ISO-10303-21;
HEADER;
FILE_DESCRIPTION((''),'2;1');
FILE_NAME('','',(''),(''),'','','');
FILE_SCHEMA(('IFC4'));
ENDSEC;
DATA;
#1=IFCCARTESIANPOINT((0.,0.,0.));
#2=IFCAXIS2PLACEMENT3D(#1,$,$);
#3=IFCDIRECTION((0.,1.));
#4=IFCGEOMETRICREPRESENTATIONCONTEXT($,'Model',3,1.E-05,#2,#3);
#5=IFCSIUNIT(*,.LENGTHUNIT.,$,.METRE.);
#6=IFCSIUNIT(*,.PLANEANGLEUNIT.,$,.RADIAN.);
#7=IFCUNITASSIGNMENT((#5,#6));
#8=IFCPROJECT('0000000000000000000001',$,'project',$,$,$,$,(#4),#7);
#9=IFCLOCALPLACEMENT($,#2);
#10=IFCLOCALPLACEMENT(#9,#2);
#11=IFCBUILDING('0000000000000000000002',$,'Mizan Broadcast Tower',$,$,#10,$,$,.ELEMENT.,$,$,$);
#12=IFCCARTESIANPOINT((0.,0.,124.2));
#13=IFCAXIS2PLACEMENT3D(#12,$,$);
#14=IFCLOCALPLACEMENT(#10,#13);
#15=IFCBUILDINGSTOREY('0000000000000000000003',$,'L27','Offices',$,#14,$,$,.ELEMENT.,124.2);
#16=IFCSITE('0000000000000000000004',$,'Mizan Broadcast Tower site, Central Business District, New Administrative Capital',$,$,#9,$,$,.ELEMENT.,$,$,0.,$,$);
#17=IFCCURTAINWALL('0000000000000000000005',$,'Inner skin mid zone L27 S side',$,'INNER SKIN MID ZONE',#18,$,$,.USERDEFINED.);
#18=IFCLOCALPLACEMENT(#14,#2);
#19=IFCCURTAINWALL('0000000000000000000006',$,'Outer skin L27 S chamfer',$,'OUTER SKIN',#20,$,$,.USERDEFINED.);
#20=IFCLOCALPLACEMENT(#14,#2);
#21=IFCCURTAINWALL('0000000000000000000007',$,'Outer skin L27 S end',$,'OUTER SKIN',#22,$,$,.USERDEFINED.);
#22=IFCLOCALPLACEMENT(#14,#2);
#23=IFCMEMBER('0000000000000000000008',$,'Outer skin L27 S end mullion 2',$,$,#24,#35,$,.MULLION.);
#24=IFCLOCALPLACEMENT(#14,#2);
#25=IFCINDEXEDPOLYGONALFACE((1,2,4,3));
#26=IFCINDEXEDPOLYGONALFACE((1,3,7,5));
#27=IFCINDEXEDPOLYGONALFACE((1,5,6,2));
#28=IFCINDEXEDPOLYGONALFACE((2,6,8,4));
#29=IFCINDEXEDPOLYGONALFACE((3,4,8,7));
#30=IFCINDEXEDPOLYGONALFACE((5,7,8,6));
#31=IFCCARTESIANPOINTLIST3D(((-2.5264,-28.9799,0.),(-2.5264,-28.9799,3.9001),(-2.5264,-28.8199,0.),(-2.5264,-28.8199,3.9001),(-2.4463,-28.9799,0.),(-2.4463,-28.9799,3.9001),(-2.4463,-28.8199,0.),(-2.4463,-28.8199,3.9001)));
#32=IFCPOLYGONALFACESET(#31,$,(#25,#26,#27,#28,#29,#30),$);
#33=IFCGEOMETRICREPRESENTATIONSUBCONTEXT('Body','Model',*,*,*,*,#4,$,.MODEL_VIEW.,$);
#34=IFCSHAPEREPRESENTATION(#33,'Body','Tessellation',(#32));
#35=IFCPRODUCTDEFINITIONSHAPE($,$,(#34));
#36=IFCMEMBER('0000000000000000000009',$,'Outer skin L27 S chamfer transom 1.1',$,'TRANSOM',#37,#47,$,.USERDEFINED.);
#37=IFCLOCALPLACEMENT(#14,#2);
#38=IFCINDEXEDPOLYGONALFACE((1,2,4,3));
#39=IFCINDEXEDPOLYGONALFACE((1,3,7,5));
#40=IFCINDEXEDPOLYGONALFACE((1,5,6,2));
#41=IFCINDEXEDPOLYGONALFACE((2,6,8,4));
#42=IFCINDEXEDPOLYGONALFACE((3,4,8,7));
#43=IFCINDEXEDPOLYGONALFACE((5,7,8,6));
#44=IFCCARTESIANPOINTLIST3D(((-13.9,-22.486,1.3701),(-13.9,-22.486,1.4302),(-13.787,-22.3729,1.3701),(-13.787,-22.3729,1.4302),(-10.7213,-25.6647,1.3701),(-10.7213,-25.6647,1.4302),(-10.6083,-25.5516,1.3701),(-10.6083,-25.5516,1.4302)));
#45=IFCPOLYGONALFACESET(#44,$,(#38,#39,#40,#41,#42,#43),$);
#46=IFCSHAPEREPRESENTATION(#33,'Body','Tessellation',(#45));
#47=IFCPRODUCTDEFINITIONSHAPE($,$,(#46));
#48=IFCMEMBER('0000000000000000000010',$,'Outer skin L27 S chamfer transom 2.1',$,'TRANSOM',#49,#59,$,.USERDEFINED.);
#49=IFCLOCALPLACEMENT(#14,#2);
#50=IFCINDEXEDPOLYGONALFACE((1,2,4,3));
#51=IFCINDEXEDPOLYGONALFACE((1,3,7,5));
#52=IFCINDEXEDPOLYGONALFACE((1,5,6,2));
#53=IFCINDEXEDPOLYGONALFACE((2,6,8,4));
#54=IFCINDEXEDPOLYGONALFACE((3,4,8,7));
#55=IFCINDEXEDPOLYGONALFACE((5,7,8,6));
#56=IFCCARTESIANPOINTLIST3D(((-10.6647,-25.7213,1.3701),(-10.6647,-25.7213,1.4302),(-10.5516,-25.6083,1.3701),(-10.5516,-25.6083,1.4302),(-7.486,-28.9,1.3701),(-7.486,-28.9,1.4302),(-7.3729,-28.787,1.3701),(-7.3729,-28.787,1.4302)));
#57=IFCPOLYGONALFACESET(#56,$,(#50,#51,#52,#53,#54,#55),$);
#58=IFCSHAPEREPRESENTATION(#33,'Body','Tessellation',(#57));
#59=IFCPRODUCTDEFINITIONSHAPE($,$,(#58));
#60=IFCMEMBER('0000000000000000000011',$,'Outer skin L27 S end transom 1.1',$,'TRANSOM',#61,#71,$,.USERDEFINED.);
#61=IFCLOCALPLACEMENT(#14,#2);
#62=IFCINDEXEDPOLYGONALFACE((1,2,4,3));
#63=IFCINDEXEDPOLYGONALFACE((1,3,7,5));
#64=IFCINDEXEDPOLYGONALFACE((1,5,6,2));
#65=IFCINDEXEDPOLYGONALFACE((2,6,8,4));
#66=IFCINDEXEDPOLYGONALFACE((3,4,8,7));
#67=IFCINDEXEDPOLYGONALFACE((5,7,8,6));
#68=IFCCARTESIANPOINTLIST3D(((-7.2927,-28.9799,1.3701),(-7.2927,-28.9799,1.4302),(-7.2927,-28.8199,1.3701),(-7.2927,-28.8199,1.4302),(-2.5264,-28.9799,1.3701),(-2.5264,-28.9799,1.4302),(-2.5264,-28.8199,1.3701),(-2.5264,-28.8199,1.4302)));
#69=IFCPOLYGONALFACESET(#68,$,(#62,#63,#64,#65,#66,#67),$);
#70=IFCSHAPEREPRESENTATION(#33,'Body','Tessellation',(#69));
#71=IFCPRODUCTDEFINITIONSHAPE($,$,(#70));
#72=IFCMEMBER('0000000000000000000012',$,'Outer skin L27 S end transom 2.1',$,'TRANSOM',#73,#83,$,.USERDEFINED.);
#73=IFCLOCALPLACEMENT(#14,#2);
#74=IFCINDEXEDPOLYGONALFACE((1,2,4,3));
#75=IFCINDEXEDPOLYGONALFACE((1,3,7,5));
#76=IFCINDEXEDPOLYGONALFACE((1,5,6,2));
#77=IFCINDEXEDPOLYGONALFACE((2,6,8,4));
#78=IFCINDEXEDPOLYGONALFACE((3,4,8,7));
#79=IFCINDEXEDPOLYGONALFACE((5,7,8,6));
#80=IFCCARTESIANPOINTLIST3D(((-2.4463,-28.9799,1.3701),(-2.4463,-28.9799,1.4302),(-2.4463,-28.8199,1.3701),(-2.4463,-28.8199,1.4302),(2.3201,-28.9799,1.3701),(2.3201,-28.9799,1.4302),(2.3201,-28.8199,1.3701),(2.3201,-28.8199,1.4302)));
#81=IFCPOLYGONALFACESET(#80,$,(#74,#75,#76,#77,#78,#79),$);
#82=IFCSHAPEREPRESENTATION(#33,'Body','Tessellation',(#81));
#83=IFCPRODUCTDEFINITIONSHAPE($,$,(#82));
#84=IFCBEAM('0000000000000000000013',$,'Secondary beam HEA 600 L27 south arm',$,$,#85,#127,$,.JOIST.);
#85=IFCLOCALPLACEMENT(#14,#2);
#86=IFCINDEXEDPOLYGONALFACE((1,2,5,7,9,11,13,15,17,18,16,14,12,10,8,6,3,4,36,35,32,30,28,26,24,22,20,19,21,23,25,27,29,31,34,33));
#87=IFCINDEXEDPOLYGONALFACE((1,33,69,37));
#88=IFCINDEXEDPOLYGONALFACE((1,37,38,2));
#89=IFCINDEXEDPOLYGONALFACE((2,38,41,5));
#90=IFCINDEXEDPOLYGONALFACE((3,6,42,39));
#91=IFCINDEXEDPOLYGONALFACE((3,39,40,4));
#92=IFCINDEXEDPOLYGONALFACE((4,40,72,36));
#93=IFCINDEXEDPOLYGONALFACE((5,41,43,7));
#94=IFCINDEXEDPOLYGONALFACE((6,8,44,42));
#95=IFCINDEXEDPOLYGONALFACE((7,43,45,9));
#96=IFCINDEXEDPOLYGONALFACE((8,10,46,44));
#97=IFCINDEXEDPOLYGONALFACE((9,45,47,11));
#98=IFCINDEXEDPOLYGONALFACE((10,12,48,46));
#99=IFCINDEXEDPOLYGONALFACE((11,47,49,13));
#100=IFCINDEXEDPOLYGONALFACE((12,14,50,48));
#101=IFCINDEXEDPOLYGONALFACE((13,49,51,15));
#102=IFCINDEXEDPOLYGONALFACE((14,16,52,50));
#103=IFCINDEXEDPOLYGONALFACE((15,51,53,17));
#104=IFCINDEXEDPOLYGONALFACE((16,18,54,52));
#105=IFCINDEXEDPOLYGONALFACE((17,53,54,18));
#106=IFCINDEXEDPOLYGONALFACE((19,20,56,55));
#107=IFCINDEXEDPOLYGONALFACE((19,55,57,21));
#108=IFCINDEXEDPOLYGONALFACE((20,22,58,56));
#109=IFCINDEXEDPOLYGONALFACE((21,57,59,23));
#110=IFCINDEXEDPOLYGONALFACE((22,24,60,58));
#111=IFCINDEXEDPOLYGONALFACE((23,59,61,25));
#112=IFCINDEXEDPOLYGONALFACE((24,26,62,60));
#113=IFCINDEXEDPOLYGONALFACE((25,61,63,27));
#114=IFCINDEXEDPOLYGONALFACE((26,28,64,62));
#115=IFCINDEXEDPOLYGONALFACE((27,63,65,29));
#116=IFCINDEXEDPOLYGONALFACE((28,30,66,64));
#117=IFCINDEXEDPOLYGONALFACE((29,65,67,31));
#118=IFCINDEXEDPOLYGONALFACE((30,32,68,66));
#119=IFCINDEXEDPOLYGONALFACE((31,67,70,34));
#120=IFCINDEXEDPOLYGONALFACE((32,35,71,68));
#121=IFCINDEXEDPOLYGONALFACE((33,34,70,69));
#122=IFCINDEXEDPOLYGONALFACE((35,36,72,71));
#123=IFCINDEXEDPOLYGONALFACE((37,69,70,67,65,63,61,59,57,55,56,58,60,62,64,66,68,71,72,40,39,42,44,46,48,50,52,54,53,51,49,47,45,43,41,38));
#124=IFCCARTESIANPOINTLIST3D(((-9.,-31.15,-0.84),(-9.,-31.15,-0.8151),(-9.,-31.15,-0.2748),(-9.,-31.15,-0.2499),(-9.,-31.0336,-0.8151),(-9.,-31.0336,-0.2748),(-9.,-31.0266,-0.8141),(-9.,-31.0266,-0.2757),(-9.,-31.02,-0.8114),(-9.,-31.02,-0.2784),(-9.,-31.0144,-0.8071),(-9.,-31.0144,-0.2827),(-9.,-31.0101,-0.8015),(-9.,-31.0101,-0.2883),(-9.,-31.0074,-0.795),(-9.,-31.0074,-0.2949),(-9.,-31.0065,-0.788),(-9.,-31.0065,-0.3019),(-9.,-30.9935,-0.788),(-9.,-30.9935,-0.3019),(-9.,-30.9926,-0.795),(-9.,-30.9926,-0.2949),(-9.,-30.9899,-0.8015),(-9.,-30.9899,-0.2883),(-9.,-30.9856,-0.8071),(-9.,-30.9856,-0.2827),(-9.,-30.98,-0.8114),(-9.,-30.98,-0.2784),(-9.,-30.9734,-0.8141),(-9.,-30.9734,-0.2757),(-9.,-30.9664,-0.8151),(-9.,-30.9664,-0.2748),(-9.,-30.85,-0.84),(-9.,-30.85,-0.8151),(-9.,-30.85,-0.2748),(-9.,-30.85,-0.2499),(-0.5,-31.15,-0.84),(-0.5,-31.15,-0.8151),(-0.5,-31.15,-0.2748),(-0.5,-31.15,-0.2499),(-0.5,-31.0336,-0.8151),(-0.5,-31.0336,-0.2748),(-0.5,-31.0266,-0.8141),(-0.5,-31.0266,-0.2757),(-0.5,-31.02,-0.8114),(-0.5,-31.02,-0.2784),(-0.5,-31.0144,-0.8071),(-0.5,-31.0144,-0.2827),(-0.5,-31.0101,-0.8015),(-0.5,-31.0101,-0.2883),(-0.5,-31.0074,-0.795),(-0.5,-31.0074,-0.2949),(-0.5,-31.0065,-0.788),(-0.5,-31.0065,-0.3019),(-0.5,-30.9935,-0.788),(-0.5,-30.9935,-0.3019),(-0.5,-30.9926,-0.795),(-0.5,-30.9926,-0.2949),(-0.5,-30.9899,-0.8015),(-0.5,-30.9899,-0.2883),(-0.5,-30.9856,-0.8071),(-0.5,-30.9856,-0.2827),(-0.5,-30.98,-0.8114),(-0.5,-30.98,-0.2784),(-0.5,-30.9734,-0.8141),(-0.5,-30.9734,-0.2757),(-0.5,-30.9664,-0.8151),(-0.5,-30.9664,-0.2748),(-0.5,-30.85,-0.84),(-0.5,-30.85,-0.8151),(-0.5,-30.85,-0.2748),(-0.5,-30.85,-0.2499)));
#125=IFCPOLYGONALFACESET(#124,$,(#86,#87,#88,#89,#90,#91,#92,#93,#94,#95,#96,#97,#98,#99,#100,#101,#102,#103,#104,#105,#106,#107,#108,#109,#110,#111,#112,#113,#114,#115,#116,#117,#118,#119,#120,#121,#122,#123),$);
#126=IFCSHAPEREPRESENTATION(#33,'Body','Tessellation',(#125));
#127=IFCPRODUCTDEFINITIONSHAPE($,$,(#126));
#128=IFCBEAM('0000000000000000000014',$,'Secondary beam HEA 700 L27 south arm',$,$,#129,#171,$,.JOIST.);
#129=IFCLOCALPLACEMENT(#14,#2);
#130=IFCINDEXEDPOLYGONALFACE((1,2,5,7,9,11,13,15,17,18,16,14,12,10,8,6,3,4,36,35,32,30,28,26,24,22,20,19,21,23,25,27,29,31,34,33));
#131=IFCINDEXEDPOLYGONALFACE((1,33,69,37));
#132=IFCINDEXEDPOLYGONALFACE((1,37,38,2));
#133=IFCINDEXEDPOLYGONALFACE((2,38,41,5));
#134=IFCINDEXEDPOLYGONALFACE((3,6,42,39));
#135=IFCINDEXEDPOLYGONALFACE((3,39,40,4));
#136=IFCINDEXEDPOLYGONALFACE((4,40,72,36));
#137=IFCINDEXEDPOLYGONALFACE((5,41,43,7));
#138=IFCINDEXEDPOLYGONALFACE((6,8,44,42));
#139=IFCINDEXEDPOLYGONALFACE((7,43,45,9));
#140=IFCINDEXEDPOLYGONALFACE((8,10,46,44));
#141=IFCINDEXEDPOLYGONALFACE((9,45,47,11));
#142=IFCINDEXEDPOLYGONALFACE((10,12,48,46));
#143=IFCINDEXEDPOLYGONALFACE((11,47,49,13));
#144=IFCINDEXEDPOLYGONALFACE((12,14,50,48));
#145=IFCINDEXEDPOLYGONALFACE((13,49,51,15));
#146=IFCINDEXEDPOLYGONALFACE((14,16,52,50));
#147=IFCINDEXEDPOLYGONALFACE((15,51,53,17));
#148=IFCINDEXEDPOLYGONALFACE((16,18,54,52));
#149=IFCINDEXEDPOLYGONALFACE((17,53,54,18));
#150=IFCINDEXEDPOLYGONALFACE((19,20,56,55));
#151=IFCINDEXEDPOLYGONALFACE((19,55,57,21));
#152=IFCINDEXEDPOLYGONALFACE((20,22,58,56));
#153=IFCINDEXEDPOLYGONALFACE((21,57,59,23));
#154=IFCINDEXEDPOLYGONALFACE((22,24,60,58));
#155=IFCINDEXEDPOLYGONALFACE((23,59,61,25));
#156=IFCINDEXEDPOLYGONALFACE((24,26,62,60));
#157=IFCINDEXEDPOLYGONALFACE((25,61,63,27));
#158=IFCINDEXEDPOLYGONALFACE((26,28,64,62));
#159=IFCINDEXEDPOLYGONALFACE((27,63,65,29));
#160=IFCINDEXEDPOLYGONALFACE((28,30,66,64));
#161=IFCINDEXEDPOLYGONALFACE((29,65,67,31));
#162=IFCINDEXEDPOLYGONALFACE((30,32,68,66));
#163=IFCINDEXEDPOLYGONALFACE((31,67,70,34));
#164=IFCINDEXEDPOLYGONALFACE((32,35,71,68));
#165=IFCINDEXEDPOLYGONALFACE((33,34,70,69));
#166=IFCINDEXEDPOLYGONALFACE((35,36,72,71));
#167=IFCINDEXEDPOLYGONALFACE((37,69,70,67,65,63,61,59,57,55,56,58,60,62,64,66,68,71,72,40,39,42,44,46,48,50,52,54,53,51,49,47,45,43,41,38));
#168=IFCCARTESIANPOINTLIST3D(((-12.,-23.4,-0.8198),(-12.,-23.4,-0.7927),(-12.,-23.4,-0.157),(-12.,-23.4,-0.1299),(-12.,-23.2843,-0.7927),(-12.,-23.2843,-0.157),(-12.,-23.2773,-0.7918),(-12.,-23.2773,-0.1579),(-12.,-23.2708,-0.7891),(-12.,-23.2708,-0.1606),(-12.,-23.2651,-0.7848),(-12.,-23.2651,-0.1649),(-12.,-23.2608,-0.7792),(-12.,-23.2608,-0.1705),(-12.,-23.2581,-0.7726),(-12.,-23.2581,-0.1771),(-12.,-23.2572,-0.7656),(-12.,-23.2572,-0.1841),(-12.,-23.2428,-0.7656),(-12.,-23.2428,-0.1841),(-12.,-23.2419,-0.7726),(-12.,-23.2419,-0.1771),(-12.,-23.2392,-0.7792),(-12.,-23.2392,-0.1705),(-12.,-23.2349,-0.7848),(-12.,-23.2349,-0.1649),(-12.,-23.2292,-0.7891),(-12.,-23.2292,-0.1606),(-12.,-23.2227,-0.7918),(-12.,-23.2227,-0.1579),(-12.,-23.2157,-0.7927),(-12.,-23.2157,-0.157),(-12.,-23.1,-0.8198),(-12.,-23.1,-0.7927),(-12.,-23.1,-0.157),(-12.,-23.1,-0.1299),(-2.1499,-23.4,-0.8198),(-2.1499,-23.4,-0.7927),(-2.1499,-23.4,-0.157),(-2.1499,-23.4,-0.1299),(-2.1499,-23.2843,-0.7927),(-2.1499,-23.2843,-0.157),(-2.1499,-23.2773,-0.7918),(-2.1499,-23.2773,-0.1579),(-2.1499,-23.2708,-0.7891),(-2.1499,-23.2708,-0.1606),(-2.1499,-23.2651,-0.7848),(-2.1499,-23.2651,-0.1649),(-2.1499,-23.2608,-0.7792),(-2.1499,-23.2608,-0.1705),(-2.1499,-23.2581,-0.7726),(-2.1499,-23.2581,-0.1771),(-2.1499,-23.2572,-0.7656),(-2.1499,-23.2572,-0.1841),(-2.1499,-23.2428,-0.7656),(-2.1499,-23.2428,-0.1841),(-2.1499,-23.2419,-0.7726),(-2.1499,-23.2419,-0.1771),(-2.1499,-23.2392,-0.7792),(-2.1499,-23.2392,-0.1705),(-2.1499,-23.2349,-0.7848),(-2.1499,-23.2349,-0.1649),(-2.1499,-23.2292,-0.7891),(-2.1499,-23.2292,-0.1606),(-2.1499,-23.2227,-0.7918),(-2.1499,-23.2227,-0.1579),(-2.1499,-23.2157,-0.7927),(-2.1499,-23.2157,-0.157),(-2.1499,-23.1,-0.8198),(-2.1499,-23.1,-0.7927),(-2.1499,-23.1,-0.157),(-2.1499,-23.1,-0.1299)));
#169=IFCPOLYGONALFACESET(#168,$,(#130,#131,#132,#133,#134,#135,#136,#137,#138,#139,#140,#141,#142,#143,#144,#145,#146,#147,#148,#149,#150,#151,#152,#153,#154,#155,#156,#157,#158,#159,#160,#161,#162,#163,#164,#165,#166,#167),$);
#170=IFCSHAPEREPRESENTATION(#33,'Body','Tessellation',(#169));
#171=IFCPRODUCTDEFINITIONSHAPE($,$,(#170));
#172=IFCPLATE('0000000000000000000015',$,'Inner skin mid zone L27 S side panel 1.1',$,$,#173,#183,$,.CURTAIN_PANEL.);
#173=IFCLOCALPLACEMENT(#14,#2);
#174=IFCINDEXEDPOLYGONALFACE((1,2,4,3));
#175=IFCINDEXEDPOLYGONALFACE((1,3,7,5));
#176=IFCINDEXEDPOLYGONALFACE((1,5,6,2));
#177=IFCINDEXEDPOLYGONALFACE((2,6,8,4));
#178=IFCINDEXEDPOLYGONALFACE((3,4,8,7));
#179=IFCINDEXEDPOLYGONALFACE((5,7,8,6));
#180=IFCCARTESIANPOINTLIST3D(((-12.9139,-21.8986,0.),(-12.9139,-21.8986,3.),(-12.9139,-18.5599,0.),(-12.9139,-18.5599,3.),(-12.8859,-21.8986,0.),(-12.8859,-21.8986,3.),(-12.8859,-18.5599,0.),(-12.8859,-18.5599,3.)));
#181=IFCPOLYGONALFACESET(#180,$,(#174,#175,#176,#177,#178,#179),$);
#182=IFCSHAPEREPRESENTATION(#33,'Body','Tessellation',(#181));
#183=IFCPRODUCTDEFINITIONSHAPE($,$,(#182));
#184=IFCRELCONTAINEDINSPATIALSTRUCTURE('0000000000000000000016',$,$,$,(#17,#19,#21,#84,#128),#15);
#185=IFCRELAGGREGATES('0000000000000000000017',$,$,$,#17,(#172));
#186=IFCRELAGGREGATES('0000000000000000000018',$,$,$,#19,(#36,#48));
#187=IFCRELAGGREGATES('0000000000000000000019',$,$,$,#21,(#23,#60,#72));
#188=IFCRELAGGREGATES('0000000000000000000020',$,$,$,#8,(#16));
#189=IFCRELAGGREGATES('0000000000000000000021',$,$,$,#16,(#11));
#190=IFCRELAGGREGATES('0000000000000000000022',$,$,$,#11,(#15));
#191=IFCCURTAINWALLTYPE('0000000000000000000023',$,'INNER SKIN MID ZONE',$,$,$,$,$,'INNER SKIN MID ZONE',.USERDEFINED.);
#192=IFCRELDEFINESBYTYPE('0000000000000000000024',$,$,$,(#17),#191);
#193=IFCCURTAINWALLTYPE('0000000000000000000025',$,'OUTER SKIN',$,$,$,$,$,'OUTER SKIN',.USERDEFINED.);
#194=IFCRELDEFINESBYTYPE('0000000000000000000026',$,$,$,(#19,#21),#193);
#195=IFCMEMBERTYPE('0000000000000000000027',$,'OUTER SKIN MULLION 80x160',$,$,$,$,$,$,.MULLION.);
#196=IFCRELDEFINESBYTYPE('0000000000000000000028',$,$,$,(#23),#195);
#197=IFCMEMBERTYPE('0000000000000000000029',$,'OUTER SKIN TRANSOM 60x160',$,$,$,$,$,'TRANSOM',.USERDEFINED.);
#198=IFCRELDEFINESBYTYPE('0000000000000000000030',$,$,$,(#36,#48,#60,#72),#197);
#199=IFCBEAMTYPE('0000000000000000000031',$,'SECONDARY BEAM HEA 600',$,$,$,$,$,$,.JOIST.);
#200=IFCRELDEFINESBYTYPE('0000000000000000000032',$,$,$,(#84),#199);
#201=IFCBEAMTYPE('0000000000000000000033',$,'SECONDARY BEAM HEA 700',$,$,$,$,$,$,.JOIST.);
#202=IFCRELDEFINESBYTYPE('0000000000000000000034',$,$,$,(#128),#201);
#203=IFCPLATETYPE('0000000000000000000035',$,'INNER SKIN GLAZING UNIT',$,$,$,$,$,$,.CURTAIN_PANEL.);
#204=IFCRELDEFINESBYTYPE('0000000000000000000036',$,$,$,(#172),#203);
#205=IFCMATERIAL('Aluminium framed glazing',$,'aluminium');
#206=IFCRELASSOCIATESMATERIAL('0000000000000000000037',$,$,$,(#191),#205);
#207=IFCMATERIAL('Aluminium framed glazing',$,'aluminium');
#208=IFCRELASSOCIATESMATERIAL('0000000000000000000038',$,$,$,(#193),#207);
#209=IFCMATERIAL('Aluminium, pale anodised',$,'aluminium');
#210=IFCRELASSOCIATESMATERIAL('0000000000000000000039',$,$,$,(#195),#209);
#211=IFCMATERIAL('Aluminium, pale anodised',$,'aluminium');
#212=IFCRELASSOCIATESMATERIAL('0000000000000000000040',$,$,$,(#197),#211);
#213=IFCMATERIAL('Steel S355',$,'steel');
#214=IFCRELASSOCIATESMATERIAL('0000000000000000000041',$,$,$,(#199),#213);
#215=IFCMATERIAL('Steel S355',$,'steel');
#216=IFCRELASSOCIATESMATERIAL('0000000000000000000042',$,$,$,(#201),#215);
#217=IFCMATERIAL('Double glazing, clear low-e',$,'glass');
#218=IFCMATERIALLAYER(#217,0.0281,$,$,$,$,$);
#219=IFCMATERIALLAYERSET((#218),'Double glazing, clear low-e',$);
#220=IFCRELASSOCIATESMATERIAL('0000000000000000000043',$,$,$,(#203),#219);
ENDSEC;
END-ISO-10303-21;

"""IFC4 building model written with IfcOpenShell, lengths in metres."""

from ifc_helpers import new_model, si_unit, direction, frame, origin, origin_2d, place, context, subcontext, project, spatial, rectangle, i_section, extrude, material, layer, layer_set, material_profile, profile_set, type_object, element, aggregate, save


model = new_model("IFC4")

# Units and contexts
model_context = context("Model", 3, precision=1e-05, world=origin(), true_north=direction((0.0, 1.0)))
body_context = subcontext(model_context, "Body", "Model", "MODEL_VIEW")
ifc_project = project(units=[si_unit("LENGTHUNIT", "METRE"), si_unit("PLANEANGLEUNIT", "RADIAN")], contexts=[model_context])

# Site, building, storey
site_placement = place(None, origin())
site = spatial("IfcSite", under=ifc_project, at=site_placement, Name="Mizan Broadcast Tower site, Central Business District, New Administrative Capital", CompositionType="ELEMENT", RefElevation=0.0)
building_placement = place(site_placement, origin())
building = spatial("IfcBuilding", under=site, at=building_placement, Name="Mizan Broadcast Tower", CompositionType="ELEMENT")
storey_placement = place(building_placement, frame((0.0, 0.0, 124.2)))
storey = spatial("IfcBuildingStorey", under=building, at=storey_placement, Name="L27", Description="Offices", CompositionType="ELEMENT", Elevation=124.2)

# Curtain wall
ifc_material_1 = material(Name="Aluminium framed glazing", Category="aluminium")
curtain_wall_type_1 = type_object("IfcCurtainWallType", Name="INNER SKIN MID ZONE", ElementType="INNER SKIN MID ZONE", PredefinedType="USERDEFINED", material=ifc_material_1)
curtain_wall_1_placement = place(storey_placement, origin())
curtain_wall_1 = element("IfcCurtainWall", 1, at=curtain_wall_1_placement, inside=storey, type_object=curtain_wall_type_1, Name="Inner skin mid zone L27 S side", ObjectType="INNER SKIN MID ZONE", PredefinedType="USERDEFINED")

# Curtain wall
ifc_material_2 = material(Name="Aluminium framed glazing", Category="aluminium")
curtain_wall_type_2 = type_object("IfcCurtainWallType", Name="OUTER SKIN", ElementType="OUTER SKIN", PredefinedType="USERDEFINED", material=ifc_material_2)
curtain_wall_2_placement = place(storey_placement, origin())
curtain_wall_2 = element("IfcCurtainWall", 2, at=curtain_wall_2_placement, inside=storey, type_object=curtain_wall_type_2, Name="Outer skin L27 S chamfer", ObjectType="OUTER SKIN", PredefinedType="USERDEFINED")
ifc_material_3 = material(Name="Aluminium, pale anodised", Category="aluminium")
ifc_material_profile_1 = material_profile(ifc_material_3, rectangle(XDim=0.1599, YDim=0.0801, at=origin_2d()), Name="MULLION 160x80")
ifc_profile_set_1 = profile_set([ifc_material_profile_1], Name="Aluminium, pale anodised")
member_type_1 = type_object("IfcMemberType", Name="OUTER SKIN MULLION 80x160", PredefinedType="MULLION", material=ifc_profile_set_1)

# Curtain wall, member
curtain_wall_3_placement = place(storey_placement, origin())
curtain_wall_3 = element("IfcCurtainWall", 3, at=curtain_wall_3_placement, inside=storey, type_object=curtain_wall_type_2, Name="Outer skin L27 S end", ObjectType="OUTER SKIN", PredefinedType="USERDEFINED")
member_1_placement = place(storey_placement, frame((-2.4863, -28.8999, 0.0), z_axis=(0.0, 0.0, 1.0), x_axis=(0.0, 1.0, 0.0)))
member_1 = element("IfcMember", 4, at=member_1_placement, type_object=member_type_1, Name="Outer skin L27 S end mullion 2", PredefinedType="MULLION", context=body_context, shape_type="SweptSolid", body=[
    extrude(rectangle(XDim=0.1599, YDim=0.0801, at=origin_2d()), origin(), (0.0, 0.0, 1.0), 3.9001),
])

# Members
ifc_material_4 = material(Name="Aluminium, pale anodised", Category="aluminium")
ifc_material_profile_2 = material_profile(ifc_material_4, rectangle(XDim=0.1599, YDim=0.0601, at=origin_2d()), Name="TRANSOM 160x60")
ifc_profile_set_2 = profile_set([ifc_material_profile_2], Name="Aluminium, pale anodised")
member_type_2 = type_object("IfcMemberType", Name="OUTER SKIN TRANSOM 60x160", ElementType="TRANSOM", PredefinedType="USERDEFINED", material=ifc_profile_set_2)
member_2_placement = place(storey_placement, frame((-13.8435, -22.4294, 1.4001), z_axis=(0.707107, -0.707107, 0.0), x_axis=(0.707107, 0.707107, 0.0)))
member_2 = element("IfcMember", 5, at=member_2_placement, type_object=member_type_2, Name="Outer skin L27 S chamfer transom 1.1", ObjectType="TRANSOM", PredefinedType="USERDEFINED", context=body_context, shape_type="SweptSolid", body=[
    extrude(rectangle(XDim=0.1599, YDim=0.0601, at=origin_2d()), origin(), (0.0, 0.0, 1.0), 4.4954),
])
member_3_placement = place(storey_placement, frame((-10.6082, -25.6648, 1.4001), z_axis=(0.707107, -0.707107, 0.0), x_axis=(0.707107, 0.707107, 0.0)))
member_3 = element("IfcMember", 6, at=member_3_placement, type_object=member_type_2, Name="Outer skin L27 S chamfer transom 2.1", ObjectType="TRANSOM", PredefinedType="USERDEFINED", context=body_context, shape_type="SweptSolid", body=[
    extrude(rectangle(XDim=0.1599, YDim=0.0601, at=origin_2d()), origin(), (0.0, 0.0, 1.0), 4.4954),
])
member_4_placement = place(storey_placement, frame((-7.2927, -28.8999, 1.4001), z_axis=(1.0, 0.0, 0.0), x_axis=(0.0, 1.0, 0.0)))
member_4 = element("IfcMember", 7, at=member_4_placement, type_object=member_type_2, Name="Outer skin L27 S end transom 1.1", ObjectType="TRANSOM", PredefinedType="USERDEFINED", context=body_context, shape_type="SweptSolid", body=[
    extrude(rectangle(XDim=0.1599, YDim=0.0601, at=origin_2d()), origin(), (0.0, 0.0, 1.0), 4.7664),
])
member_5_placement = place(storey_placement, frame((-2.4463, -28.8999, 1.4001), z_axis=(1.0, 0.0, 0.0), x_axis=(0.0, 1.0, 0.0)))
member_5 = element("IfcMember", 8, at=member_5_placement, type_object=member_type_2, Name="Outer skin L27 S end transom 2.1", ObjectType="TRANSOM", PredefinedType="USERDEFINED", context=body_context, shape_type="SweptSolid", body=[
    extrude(rectangle(XDim=0.1599, YDim=0.0601, at=origin_2d()), origin(), (0.0, 0.0, 1.0), 4.7664),
])

# Beams
ifc_material_5 = material(Name="Steel S355", Category="steel")
ifc_material_profile_3 = material_profile(ifc_material_5, i_section(OverallWidth=0.3, OverallDepth=0.5901, WebThickness=0.0129, FlangeThickness=0.0249, FilletRadius=0.0271, at=origin_2d()), Name="HEA 600")
ifc_profile_set_3 = profile_set([ifc_material_profile_3], Name="Steel S355")
beam_type_1 = type_object("IfcBeamType", Name="SECONDARY BEAM HEA 600", PredefinedType="JOIST", material=ifc_profile_set_3)
beam_1_placement = place(storey_placement, frame((-9.0, -31.0, -0.5449), z_axis=(1.0, 0.0, 0.0), x_axis=(0.0, 1.0, 0.0)))
element("IfcBeam", 9, at=beam_1_placement, inside=storey, type_object=beam_type_1, Name="Secondary beam HEA 600 L27 south arm", PredefinedType="JOIST", context=body_context, shape_type="SweptSolid", body=[
    extrude(i_section(OverallWidth=0.3, OverallDepth=0.5901, WebThickness=0.0129, FlangeThickness=0.0249, FilletRadius=0.0271, at=origin_2d()), origin(), (0.0, 0.0, 1.0), 8.5),
])
ifc_material_6 = material(Name="Steel S355", Category="steel")
ifc_material_profile_4 = material_profile(ifc_material_6, i_section(OverallWidth=0.3, OverallDepth=0.6899, WebThickness=0.0144, FlangeThickness=0.0271, FilletRadius=0.0271, at=origin_2d()), Name="HEA 700")
ifc_profile_set_4 = profile_set([ifc_material_profile_4], Name="Steel S355")
beam_type_2 = type_object("IfcBeamType", Name="SECONDARY BEAM HEA 700", PredefinedType="JOIST", material=ifc_profile_set_4)
beam_2_placement = place(storey_placement, frame((-12.0, -23.25, -0.4749), z_axis=(1.0, 0.0, 0.0), x_axis=(0.0, 1.0, 0.0)))
element("IfcBeam", 10, at=beam_2_placement, inside=storey, type_object=beam_type_2, Name="Secondary beam HEA 700 L27 south arm", PredefinedType="JOIST", context=body_context, shape_type="SweptSolid", body=[
    extrude(i_section(OverallWidth=0.3, OverallDepth=0.6899, WebThickness=0.0144, FlangeThickness=0.0271, FilletRadius=0.0271, at=origin_2d()), origin(), (0.0, 0.0, 1.0), 9.8501),
])

# Plate
ifc_material_7 = material(Name="Double glazing, clear low-e", Category="glass")
ifc_layer_1 = layer(ifc_material_7, 0.0281)
ifc_layer_set_1 = layer_set([ifc_layer_1], Name="Double glazing, clear low-e")
plate_type_1 = type_object("IfcPlateType", Name="INNER SKIN GLAZING UNIT", PredefinedType="CURTAIN_PANEL", material=ifc_layer_set_1)
plate_1_placement = place(storey_placement, frame((-12.8999, -20.2292, 0.0), z_axis=(0.0, 0.0, 1.0), x_axis=(0.0, -1.0, 0.0)))
plate_1 = element("IfcPlate", 11, at=plate_1_placement, type_object=plate_type_1, Name="Inner skin mid zone L27 S side panel 1.1", PredefinedType="CURTAIN_PANEL", context=body_context, shape_type="SweptSolid", body=[
    extrude(rectangle(XDim=3.3386, YDim=0.0281, at=origin_2d()), origin(), (0.0, 0.0, 1.0), 3.0),
])
aggregate(curtain_wall_1, [plate_1])
aggregate(curtain_wall_2, [member_2, member_3])
aggregate(curtain_wall_3, [member_1, member_4, member_5])

save(model, "model.ifc")
